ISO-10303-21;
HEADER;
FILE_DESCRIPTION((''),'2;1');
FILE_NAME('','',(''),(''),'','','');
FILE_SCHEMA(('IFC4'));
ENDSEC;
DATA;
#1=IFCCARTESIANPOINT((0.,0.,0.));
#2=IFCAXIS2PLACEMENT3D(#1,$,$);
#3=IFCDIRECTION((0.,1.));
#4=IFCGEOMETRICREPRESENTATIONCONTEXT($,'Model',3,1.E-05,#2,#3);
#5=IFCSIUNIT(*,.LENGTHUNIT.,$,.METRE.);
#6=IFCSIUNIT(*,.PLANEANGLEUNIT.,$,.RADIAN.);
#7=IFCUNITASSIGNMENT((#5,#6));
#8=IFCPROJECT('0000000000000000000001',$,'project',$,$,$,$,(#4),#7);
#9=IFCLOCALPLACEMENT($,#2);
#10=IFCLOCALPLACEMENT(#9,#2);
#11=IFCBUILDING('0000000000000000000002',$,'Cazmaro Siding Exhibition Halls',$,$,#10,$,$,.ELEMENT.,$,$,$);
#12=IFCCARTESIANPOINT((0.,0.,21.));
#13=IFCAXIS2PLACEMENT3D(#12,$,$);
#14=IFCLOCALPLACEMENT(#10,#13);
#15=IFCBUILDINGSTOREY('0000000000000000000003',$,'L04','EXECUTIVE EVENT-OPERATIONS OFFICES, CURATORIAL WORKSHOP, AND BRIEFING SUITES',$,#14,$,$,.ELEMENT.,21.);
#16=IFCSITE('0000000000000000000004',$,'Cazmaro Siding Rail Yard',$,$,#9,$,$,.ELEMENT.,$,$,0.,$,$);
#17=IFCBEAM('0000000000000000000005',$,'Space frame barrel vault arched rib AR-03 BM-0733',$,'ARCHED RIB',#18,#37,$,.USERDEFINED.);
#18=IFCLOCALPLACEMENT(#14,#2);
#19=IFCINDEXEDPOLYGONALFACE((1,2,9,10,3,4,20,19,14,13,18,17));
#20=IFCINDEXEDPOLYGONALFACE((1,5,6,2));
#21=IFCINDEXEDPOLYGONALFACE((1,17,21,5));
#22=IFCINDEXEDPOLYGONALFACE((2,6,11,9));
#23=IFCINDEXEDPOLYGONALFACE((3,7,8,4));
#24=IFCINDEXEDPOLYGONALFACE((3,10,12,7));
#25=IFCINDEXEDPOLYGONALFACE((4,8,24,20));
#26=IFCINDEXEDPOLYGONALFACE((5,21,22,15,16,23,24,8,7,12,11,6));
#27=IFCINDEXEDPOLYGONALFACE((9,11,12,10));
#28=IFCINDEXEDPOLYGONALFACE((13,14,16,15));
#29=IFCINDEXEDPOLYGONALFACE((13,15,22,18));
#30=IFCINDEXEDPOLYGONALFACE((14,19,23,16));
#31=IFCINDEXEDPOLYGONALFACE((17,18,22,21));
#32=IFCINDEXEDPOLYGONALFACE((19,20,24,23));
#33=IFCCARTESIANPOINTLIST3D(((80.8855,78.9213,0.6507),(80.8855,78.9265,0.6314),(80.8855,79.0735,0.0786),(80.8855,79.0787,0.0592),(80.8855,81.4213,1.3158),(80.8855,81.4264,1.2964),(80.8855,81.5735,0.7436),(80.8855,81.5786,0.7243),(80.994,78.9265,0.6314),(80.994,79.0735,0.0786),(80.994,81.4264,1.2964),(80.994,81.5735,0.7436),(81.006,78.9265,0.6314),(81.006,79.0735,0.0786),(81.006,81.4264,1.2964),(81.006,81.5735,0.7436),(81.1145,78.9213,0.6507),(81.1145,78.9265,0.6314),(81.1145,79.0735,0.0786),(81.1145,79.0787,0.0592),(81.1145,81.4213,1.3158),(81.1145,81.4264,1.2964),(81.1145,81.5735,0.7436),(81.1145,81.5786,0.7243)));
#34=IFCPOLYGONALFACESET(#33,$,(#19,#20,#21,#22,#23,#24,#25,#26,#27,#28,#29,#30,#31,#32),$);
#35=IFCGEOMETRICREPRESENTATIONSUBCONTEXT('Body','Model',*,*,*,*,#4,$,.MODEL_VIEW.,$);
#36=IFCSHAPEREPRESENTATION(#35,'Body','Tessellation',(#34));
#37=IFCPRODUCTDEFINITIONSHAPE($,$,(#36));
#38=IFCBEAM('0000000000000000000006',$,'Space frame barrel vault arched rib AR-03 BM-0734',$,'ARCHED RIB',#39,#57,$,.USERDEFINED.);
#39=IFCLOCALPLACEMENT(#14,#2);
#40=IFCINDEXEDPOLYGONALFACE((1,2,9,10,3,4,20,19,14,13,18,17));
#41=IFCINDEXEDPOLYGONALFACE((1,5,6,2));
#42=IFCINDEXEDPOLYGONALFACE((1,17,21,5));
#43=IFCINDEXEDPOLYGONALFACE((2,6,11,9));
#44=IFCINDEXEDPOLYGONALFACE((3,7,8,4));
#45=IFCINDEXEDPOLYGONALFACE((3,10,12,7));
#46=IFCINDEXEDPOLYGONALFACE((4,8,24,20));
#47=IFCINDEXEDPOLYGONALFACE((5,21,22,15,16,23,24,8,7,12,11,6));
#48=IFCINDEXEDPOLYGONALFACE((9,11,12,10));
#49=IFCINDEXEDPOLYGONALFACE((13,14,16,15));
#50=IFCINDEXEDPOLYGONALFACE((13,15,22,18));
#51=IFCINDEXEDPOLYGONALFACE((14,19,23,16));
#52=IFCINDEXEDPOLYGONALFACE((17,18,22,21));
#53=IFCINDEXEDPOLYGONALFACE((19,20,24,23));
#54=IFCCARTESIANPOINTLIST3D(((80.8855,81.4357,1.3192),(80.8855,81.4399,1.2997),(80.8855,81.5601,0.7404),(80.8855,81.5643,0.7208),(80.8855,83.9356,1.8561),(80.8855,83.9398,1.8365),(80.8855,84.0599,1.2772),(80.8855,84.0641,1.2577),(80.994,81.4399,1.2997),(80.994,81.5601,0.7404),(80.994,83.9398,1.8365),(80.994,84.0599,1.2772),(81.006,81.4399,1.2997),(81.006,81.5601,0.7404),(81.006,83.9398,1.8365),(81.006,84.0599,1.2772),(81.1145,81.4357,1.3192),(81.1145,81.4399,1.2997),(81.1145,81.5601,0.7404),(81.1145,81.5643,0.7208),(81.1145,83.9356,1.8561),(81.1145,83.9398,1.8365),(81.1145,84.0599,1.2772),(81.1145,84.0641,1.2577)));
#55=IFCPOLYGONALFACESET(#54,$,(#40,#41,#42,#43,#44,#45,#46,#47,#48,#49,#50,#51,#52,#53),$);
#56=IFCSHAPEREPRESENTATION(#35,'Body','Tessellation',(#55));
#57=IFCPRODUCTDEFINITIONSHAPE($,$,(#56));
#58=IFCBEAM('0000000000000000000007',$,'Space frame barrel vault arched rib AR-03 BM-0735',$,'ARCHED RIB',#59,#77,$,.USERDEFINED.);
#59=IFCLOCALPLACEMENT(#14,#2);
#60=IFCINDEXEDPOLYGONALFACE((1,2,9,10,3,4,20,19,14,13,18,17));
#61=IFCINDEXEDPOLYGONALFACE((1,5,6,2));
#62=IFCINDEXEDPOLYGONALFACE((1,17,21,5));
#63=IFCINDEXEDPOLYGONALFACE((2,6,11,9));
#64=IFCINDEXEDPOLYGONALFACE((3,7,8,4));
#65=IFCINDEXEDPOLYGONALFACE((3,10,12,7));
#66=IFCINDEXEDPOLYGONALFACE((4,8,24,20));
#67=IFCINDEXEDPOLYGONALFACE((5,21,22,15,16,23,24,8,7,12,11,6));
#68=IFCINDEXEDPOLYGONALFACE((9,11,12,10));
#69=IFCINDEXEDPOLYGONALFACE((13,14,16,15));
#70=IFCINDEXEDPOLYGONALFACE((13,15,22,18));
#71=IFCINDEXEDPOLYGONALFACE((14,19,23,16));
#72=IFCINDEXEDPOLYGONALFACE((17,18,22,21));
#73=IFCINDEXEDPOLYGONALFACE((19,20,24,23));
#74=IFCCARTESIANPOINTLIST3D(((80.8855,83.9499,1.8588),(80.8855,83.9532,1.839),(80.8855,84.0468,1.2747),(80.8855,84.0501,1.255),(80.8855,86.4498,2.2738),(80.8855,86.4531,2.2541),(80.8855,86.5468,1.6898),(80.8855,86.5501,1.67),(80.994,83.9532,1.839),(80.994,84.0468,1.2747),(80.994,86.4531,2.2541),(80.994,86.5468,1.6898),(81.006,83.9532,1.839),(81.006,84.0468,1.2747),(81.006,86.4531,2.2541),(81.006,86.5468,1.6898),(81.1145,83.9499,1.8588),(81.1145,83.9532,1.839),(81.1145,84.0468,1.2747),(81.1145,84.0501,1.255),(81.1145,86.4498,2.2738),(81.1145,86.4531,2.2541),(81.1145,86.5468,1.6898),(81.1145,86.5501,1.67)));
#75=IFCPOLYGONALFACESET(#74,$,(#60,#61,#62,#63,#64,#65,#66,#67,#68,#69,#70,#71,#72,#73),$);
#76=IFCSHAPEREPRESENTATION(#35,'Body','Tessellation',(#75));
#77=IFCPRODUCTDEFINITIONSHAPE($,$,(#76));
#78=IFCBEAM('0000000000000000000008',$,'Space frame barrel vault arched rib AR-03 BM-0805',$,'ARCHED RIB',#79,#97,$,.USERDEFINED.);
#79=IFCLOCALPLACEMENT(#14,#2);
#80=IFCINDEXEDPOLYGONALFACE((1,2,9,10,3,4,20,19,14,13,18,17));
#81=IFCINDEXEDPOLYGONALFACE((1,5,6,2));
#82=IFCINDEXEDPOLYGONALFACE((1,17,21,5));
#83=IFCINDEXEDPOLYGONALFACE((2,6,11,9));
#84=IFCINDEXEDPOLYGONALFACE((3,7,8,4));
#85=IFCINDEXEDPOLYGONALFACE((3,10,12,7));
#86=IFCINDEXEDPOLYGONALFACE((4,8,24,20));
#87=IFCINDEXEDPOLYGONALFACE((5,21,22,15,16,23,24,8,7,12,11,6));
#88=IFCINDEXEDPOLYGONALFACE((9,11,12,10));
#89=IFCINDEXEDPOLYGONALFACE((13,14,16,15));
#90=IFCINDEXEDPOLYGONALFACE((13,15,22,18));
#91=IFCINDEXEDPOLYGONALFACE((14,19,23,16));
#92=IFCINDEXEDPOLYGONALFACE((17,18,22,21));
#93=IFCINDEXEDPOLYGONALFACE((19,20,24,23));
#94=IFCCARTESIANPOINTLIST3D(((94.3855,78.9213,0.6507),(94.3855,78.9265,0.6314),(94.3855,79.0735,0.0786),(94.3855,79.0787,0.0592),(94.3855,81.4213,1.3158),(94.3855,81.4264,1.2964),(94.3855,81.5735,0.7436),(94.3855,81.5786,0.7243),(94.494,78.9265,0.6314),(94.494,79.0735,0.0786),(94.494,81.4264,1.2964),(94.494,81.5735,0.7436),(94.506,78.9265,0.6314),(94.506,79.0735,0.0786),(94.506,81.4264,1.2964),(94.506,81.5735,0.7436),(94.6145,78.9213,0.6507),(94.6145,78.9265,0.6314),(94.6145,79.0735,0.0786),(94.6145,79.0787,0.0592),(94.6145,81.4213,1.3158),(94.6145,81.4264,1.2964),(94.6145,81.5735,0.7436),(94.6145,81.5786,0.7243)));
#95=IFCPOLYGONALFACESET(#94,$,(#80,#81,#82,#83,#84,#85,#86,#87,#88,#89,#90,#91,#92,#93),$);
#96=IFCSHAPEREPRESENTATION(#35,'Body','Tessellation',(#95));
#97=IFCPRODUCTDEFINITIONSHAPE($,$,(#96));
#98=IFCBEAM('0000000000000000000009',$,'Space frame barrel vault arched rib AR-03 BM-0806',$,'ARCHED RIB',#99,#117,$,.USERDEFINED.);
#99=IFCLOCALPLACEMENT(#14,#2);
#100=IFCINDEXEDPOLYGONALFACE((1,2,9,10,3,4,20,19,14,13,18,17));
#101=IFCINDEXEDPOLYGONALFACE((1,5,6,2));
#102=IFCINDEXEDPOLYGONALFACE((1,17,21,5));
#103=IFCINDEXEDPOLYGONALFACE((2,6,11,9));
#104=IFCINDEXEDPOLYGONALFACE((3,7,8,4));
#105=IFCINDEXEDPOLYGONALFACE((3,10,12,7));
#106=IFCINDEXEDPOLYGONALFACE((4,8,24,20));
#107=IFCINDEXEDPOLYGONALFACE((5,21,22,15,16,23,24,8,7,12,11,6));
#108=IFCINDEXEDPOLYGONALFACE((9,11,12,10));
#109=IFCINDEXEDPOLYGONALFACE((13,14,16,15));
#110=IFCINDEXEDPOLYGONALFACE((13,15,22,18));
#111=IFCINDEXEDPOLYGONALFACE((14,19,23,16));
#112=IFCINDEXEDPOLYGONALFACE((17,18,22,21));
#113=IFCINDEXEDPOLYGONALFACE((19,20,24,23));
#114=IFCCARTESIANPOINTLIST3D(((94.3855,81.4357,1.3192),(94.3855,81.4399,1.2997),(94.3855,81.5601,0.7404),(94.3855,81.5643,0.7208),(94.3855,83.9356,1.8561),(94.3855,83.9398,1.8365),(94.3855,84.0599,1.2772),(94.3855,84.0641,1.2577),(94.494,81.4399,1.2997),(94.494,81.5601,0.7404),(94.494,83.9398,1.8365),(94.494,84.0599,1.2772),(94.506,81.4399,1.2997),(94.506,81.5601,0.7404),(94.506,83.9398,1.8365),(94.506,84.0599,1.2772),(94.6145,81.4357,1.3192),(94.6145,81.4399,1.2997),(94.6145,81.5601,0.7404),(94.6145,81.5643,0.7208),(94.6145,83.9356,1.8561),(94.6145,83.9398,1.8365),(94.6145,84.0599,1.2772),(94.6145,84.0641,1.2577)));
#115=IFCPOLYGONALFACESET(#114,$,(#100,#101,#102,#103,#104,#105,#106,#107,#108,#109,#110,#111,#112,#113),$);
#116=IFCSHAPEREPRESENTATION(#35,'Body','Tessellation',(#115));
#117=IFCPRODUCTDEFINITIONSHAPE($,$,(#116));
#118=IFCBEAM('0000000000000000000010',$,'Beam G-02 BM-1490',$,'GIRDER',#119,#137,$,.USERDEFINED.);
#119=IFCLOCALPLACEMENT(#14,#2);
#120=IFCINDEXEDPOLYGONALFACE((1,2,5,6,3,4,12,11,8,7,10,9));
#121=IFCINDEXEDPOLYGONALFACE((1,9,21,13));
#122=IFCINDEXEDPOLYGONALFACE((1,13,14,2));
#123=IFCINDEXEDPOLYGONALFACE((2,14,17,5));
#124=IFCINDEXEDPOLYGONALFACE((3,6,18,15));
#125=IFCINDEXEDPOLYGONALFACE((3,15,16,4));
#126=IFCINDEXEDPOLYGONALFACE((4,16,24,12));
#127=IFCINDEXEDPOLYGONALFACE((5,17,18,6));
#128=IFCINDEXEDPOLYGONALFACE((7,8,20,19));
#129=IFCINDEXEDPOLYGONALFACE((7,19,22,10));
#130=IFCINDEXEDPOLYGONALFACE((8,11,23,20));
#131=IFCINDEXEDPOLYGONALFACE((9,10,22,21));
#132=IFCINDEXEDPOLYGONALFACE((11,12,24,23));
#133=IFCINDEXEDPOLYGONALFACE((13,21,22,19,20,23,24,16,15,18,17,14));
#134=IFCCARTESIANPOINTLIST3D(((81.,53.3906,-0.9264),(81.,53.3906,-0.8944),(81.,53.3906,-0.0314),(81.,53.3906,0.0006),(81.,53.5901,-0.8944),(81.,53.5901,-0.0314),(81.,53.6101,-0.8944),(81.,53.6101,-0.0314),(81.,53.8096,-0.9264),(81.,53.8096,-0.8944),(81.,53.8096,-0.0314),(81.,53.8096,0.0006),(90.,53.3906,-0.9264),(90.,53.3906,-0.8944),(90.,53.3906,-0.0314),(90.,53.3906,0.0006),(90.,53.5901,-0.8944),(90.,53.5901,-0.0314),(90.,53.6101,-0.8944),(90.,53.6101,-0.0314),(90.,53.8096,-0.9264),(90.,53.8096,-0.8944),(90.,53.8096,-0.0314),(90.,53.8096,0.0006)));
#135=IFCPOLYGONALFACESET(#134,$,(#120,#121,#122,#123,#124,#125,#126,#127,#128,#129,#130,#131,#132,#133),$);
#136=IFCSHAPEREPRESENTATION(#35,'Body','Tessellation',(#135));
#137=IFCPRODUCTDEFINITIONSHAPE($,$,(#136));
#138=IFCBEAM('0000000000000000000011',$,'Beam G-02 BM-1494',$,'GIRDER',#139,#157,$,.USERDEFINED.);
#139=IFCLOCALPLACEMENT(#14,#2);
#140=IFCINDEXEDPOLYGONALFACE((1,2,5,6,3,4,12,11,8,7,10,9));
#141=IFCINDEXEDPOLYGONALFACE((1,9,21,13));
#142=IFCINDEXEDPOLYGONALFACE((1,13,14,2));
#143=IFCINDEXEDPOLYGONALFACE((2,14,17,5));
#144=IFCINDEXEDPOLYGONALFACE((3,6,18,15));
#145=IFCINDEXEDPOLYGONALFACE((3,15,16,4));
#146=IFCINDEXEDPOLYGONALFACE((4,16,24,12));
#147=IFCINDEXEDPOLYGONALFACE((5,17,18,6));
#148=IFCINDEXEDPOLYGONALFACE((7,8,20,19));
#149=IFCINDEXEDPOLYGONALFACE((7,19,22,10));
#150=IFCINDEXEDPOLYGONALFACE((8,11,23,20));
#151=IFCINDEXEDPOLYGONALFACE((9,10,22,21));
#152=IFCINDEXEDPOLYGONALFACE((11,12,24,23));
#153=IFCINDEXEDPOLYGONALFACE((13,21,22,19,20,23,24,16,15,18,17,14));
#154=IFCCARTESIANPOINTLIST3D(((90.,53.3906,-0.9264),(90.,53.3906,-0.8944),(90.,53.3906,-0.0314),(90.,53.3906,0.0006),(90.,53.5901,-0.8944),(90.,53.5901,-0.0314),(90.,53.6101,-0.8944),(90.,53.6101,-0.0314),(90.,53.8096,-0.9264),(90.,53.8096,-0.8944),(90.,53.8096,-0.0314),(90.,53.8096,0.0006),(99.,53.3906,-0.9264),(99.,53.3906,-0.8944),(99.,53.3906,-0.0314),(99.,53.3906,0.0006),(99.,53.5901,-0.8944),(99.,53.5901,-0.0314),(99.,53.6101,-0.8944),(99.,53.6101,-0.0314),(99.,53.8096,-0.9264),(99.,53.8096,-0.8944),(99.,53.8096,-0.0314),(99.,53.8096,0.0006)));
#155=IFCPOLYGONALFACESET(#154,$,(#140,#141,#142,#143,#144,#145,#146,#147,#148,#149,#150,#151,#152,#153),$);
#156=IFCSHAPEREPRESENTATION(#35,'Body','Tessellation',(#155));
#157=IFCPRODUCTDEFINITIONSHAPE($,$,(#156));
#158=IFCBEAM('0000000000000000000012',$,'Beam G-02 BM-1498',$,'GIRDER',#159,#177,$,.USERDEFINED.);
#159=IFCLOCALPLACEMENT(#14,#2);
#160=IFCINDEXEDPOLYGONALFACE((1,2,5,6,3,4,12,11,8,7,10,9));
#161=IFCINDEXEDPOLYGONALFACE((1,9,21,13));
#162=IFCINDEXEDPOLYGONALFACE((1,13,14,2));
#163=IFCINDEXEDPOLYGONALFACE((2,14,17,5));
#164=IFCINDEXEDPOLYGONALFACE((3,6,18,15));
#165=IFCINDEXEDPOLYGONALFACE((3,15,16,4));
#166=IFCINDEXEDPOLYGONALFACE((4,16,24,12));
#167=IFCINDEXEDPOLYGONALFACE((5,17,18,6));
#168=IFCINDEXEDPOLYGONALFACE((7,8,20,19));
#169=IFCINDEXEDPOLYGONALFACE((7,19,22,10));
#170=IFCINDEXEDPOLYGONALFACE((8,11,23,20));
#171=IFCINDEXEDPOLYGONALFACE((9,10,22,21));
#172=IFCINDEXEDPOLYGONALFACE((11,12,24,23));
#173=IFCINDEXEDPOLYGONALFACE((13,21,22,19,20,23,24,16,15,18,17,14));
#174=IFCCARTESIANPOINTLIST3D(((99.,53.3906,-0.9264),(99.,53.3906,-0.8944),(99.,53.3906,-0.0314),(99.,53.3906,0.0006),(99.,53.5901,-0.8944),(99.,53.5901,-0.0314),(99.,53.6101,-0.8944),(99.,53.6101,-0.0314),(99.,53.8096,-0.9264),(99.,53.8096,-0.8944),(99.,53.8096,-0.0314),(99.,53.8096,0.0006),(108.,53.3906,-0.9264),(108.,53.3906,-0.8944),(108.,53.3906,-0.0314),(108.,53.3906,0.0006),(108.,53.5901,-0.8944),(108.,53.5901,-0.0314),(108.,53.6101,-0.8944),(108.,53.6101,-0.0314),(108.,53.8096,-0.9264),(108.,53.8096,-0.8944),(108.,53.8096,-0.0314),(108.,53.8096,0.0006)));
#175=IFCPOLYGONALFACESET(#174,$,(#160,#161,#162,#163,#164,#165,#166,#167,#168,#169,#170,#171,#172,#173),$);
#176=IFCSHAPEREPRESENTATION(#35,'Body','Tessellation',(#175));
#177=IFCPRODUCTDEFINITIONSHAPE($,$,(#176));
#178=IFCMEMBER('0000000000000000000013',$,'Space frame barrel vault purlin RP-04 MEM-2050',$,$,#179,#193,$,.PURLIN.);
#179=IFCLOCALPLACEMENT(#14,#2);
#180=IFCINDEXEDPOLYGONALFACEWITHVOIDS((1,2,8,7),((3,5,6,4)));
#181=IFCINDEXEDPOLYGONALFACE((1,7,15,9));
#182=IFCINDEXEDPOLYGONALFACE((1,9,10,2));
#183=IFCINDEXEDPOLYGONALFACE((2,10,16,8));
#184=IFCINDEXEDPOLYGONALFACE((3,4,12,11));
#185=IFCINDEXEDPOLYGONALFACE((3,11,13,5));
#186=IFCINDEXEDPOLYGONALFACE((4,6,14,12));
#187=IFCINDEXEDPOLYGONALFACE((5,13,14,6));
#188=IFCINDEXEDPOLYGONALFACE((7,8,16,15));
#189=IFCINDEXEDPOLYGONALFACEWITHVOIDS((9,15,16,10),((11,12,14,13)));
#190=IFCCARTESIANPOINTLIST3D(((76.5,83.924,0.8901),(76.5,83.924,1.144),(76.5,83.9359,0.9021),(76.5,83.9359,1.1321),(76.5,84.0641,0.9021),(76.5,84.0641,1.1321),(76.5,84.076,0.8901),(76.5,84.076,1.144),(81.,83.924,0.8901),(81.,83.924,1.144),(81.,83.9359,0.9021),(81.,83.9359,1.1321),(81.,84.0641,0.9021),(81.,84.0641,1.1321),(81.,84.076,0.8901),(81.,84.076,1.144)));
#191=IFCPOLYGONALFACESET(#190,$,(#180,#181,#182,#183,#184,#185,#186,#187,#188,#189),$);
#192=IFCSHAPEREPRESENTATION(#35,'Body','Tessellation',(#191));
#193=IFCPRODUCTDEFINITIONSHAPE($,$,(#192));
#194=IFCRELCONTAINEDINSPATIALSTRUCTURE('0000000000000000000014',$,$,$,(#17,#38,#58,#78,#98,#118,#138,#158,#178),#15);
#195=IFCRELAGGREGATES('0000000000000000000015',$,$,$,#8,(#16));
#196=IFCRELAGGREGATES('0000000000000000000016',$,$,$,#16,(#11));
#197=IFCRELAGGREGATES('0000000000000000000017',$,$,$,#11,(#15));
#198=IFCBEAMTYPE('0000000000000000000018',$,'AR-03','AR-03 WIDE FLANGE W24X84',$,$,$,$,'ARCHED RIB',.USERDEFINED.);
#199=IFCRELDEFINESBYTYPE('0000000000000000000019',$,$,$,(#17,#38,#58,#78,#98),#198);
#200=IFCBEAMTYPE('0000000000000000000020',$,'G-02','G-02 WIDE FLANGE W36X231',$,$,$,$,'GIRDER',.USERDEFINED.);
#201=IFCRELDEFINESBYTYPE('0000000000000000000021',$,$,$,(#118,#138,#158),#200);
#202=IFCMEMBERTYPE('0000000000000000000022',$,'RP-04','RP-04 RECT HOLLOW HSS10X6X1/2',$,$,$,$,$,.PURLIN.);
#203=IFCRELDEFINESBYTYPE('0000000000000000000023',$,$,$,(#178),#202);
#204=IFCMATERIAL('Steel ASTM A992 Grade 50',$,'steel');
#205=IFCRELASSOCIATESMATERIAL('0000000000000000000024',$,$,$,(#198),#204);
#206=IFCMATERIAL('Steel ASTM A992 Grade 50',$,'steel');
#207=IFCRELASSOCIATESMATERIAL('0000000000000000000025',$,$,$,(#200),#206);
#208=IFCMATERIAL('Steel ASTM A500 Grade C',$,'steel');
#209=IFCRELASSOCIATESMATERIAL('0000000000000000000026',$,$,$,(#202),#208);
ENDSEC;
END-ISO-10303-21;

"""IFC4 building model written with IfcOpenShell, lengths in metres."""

from ifc_helpers import new_model, si_unit, direction, frame, origin, origin_2d, place, context, subcontext, project, spatial, hollow_rectangle, i_section, extrude, material, material_profile, profile_set, type_object, element, save


model = new_model("IFC4")

# Units and contexts
model_context = context("Model", 3, precision=1e-05, world=origin(), true_north=direction((0.0, 1.0)))
body_context = subcontext(model_context, "Body", "Model", "MODEL_VIEW")
ifc_project = project(units=[si_unit("LENGTHUNIT", "METRE"), si_unit("PLANEANGLEUNIT", "RADIAN")], contexts=[model_context])

# Site, building, storey
site_placement = place(None, origin())
site = spatial("IfcSite", under=ifc_project, at=site_placement, Name="Cazmaro Siding Rail Yard", CompositionType="ELEMENT", RefElevation=0.0)
building_placement = place(site_placement, origin())
building = spatial("IfcBuilding", under=site, at=building_placement, Name="Cazmaro Siding Exhibition Halls", CompositionType="ELEMENT")
storey_placement = place(building_placement, frame((0.0, 0.0, 21.0)))
storey = spatial("IfcBuildingStorey", under=building, at=storey_placement, Name="L04", Description="EXECUTIVE EVENT-OPERATIONS OFFICES, CURATORIAL WORKSHOP, AND BRIEFING SUITES", CompositionType="ELEMENT", Elevation=21.0)

# Beams
ifc_material_1 = material(Name="Steel ASTM A992 Grade 50", Category="steel")
ifc_material_profile_1 = material_profile(ifc_material_1, i_section(OverallWidth=0.229, OverallDepth=0.6121, WebThickness=0.012, FlangeThickness=0.02, at=origin_2d()), Name="W24X84")
ifc_profile_set_1 = profile_set([ifc_material_profile_1], Name="Steel ASTM A992 Grade 50")
beam_type_1 = type_object("IfcBeamType", Name="AR-03", Description="AR-03 WIDE FLANGE W24X84", ElementType="ARCHED RIB", PredefinedType="USERDEFINED", material=ifc_profile_set_1)
beam_1_placement = place(storey_placement, frame((81.0, 79.0, 0.355), z_axis=(0.0, 0.966391, 0.257075), x_axis=(-1.0, 0.0, 0.0)))
element("IfcBeam", 1, at=beam_1_placement, inside=storey, type_object=beam_type_1, Name="Space frame barrel vault arched rib AR-03 BM-0733", ObjectType="ARCHED RIB", PredefinedType="USERDEFINED", context=body_context, shape_type="SweptSolid", body=[
    extrude(i_section(OverallWidth=0.229, OverallDepth=0.6121, WebThickness=0.012, FlangeThickness=0.02, at=origin_2d()), origin(), (0.0, 0.0, 1.0), 2.5869),
])
beam_2_placement = place(storey_placement, frame((81.0, 81.5, 1.02), z_axis=(0.0, 0.97771, 0.209959), x_axis=(-1.0, 0.0, 0.0)))
element("IfcBeam", 2, at=beam_2_placement, inside=storey, type_object=beam_type_1, Name="Space frame barrel vault arched rib AR-03 BM-0734", ObjectType="ARCHED RIB", PredefinedType="USERDEFINED", context=body_context, shape_type="SweptSolid", body=[
    extrude(i_section(OverallWidth=0.229, OverallDepth=0.6121, WebThickness=0.012, FlangeThickness=0.02, at=origin_2d()), origin(), (0.0, 0.0, 1.0), 2.5569),
])
beam_3_placement = place(storey_placement, frame((81.0, 84.0, 1.5569), z_axis=(0.0, 0.986498, 0.163774), x_axis=(-1.0, 0.0, 0.0)))
element("IfcBeam", 3, at=beam_3_placement, inside=storey, type_object=beam_type_1, Name="Space frame barrel vault arched rib AR-03 BM-0735", ObjectType="ARCHED RIB", PredefinedType="USERDEFINED", context=body_context, shape_type="SweptSolid", body=[
    extrude(i_section(OverallWidth=0.229, OverallDepth=0.6121, WebThickness=0.012, FlangeThickness=0.02, at=origin_2d()), origin(), (0.0, 0.0, 1.0), 2.5342),
])
beam_4_placement = place(storey_placement, frame((94.5, 79.0, 0.355), z_axis=(0.0, 0.966391, 0.257075), x_axis=(-1.0, 0.0, 0.0)))
element("IfcBeam", 4, at=beam_4_placement, inside=storey, type_object=beam_type_1, Name="Space frame barrel vault arched rib AR-03 BM-0805", ObjectType="ARCHED RIB", PredefinedType="USERDEFINED", context=body_context, shape_type="SweptSolid", body=[
    extrude(i_section(OverallWidth=0.229, OverallDepth=0.6121, WebThickness=0.012, FlangeThickness=0.02, at=origin_2d()), origin(), (0.0, 0.0, 1.0), 2.5869),
])
beam_5_placement = place(storey_placement, frame((94.5, 81.5, 1.02), z_axis=(0.0, 0.97771, 0.209959), x_axis=(-1.0, 0.0, 0.0)))
element("IfcBeam", 5, at=beam_5_placement, inside=storey, type_object=beam_type_1, Name="Space frame barrel vault arched rib AR-03 BM-0806", ObjectType="ARCHED RIB", PredefinedType="USERDEFINED", context=body_context, shape_type="SweptSolid", body=[
    extrude(i_section(OverallWidth=0.229, OverallDepth=0.6121, WebThickness=0.012, FlangeThickness=0.02, at=origin_2d()), origin(), (0.0, 0.0, 1.0), 2.5569),
])
ifc_material_2 = material(Name="Steel ASTM A992 Grade 50", Category="steel")
ifc_material_profile_2 = material_profile(ifc_material_2, i_section(OverallWidth=0.4189, OverallDepth=0.927, WebThickness=0.02, FlangeThickness=0.032, at=origin_2d()), Name="W36X231")
ifc_profile_set_2 = profile_set([ifc_material_profile_2], Name="Steel ASTM A992 Grade 50")
beam_type_2 = type_object("IfcBeamType", Name="G-02", Description="G-02 WIDE FLANGE W36X231", ElementType="GIRDER", PredefinedType="USERDEFINED", material=ifc_profile_set_2)
for number, where, z_axis, x_axis, name in (
    (6, (81.0, 53.6001, -0.4629), (1.0, 0.0, 0.0), (0.0, 1.0, 0.0), "Beam G-02 BM-1490"),
    (7, (90.0, 53.6001, -0.4629), (1.0, 0.0, 0.0), (0.0, 1.0, 0.0), "Beam G-02 BM-1494"),
    (8, (99.0, 53.6001, -0.4629), (1.0, 0.0, 0.0), (0.0, 1.0, 0.0), "Beam G-02 BM-1498"),
):
    element("IfcBeam", number, at=place(storey_placement, frame(where, z_axis=z_axis, x_axis=x_axis)), inside=storey, type_object=beam_type_2, Name=name, ObjectType="GIRDER", PredefinedType="USERDEFINED", context=body_context, shape_type="SweptSolid", body=[
        extrude(i_section(OverallWidth=0.4189, OverallDepth=0.927, WebThickness=0.02, FlangeThickness=0.032, at=origin_2d()), origin(), (0.0, 0.0, 1.0), 9.0),
    ])

# Member
ifc_material_3 = material(Name="Steel ASTM A500 Grade C", Category="steel")
ifc_material_profile_3 = material_profile(ifc_material_3, hollow_rectangle(XDim=0.1521, YDim=0.2539, WallThickness=0.012, at=origin_2d()), Name="HSS10X6X1/2")
ifc_profile_set_3 = profile_set([ifc_material_profile_3], Name="Steel ASTM A500 Grade C")
member_type_1 = type_object("IfcMemberType", Name="RP-04", Description="RP-04 RECT HOLLOW HSS10X6X1/2", PredefinedType="PURLIN", material=ifc_profile_set_3)
for number, where, z_axis, x_axis, name in (
    (9, (76.5, 84.0, 1.0171), (1.0, 0.0, 0.0), (0.0, 1.0, 0.0), "Space frame barrel vault purlin RP-04 MEM-2050"),
):
    element("IfcMember", number, at=place(storey_placement, frame(where, z_axis=z_axis, x_axis=x_axis)), inside=storey, type_object=member_type_1, Name=name, PredefinedType="PURLIN", context=body_context, shape_type="SweptSolid", body=[
        extrude(hollow_rectangle(XDim=0.1521, YDim=0.2539, WallThickness=0.012, at=origin_2d()), origin(), (0.0, 0.0, 1.0), 4.5),
    ])

save(model, "model.ifc")
